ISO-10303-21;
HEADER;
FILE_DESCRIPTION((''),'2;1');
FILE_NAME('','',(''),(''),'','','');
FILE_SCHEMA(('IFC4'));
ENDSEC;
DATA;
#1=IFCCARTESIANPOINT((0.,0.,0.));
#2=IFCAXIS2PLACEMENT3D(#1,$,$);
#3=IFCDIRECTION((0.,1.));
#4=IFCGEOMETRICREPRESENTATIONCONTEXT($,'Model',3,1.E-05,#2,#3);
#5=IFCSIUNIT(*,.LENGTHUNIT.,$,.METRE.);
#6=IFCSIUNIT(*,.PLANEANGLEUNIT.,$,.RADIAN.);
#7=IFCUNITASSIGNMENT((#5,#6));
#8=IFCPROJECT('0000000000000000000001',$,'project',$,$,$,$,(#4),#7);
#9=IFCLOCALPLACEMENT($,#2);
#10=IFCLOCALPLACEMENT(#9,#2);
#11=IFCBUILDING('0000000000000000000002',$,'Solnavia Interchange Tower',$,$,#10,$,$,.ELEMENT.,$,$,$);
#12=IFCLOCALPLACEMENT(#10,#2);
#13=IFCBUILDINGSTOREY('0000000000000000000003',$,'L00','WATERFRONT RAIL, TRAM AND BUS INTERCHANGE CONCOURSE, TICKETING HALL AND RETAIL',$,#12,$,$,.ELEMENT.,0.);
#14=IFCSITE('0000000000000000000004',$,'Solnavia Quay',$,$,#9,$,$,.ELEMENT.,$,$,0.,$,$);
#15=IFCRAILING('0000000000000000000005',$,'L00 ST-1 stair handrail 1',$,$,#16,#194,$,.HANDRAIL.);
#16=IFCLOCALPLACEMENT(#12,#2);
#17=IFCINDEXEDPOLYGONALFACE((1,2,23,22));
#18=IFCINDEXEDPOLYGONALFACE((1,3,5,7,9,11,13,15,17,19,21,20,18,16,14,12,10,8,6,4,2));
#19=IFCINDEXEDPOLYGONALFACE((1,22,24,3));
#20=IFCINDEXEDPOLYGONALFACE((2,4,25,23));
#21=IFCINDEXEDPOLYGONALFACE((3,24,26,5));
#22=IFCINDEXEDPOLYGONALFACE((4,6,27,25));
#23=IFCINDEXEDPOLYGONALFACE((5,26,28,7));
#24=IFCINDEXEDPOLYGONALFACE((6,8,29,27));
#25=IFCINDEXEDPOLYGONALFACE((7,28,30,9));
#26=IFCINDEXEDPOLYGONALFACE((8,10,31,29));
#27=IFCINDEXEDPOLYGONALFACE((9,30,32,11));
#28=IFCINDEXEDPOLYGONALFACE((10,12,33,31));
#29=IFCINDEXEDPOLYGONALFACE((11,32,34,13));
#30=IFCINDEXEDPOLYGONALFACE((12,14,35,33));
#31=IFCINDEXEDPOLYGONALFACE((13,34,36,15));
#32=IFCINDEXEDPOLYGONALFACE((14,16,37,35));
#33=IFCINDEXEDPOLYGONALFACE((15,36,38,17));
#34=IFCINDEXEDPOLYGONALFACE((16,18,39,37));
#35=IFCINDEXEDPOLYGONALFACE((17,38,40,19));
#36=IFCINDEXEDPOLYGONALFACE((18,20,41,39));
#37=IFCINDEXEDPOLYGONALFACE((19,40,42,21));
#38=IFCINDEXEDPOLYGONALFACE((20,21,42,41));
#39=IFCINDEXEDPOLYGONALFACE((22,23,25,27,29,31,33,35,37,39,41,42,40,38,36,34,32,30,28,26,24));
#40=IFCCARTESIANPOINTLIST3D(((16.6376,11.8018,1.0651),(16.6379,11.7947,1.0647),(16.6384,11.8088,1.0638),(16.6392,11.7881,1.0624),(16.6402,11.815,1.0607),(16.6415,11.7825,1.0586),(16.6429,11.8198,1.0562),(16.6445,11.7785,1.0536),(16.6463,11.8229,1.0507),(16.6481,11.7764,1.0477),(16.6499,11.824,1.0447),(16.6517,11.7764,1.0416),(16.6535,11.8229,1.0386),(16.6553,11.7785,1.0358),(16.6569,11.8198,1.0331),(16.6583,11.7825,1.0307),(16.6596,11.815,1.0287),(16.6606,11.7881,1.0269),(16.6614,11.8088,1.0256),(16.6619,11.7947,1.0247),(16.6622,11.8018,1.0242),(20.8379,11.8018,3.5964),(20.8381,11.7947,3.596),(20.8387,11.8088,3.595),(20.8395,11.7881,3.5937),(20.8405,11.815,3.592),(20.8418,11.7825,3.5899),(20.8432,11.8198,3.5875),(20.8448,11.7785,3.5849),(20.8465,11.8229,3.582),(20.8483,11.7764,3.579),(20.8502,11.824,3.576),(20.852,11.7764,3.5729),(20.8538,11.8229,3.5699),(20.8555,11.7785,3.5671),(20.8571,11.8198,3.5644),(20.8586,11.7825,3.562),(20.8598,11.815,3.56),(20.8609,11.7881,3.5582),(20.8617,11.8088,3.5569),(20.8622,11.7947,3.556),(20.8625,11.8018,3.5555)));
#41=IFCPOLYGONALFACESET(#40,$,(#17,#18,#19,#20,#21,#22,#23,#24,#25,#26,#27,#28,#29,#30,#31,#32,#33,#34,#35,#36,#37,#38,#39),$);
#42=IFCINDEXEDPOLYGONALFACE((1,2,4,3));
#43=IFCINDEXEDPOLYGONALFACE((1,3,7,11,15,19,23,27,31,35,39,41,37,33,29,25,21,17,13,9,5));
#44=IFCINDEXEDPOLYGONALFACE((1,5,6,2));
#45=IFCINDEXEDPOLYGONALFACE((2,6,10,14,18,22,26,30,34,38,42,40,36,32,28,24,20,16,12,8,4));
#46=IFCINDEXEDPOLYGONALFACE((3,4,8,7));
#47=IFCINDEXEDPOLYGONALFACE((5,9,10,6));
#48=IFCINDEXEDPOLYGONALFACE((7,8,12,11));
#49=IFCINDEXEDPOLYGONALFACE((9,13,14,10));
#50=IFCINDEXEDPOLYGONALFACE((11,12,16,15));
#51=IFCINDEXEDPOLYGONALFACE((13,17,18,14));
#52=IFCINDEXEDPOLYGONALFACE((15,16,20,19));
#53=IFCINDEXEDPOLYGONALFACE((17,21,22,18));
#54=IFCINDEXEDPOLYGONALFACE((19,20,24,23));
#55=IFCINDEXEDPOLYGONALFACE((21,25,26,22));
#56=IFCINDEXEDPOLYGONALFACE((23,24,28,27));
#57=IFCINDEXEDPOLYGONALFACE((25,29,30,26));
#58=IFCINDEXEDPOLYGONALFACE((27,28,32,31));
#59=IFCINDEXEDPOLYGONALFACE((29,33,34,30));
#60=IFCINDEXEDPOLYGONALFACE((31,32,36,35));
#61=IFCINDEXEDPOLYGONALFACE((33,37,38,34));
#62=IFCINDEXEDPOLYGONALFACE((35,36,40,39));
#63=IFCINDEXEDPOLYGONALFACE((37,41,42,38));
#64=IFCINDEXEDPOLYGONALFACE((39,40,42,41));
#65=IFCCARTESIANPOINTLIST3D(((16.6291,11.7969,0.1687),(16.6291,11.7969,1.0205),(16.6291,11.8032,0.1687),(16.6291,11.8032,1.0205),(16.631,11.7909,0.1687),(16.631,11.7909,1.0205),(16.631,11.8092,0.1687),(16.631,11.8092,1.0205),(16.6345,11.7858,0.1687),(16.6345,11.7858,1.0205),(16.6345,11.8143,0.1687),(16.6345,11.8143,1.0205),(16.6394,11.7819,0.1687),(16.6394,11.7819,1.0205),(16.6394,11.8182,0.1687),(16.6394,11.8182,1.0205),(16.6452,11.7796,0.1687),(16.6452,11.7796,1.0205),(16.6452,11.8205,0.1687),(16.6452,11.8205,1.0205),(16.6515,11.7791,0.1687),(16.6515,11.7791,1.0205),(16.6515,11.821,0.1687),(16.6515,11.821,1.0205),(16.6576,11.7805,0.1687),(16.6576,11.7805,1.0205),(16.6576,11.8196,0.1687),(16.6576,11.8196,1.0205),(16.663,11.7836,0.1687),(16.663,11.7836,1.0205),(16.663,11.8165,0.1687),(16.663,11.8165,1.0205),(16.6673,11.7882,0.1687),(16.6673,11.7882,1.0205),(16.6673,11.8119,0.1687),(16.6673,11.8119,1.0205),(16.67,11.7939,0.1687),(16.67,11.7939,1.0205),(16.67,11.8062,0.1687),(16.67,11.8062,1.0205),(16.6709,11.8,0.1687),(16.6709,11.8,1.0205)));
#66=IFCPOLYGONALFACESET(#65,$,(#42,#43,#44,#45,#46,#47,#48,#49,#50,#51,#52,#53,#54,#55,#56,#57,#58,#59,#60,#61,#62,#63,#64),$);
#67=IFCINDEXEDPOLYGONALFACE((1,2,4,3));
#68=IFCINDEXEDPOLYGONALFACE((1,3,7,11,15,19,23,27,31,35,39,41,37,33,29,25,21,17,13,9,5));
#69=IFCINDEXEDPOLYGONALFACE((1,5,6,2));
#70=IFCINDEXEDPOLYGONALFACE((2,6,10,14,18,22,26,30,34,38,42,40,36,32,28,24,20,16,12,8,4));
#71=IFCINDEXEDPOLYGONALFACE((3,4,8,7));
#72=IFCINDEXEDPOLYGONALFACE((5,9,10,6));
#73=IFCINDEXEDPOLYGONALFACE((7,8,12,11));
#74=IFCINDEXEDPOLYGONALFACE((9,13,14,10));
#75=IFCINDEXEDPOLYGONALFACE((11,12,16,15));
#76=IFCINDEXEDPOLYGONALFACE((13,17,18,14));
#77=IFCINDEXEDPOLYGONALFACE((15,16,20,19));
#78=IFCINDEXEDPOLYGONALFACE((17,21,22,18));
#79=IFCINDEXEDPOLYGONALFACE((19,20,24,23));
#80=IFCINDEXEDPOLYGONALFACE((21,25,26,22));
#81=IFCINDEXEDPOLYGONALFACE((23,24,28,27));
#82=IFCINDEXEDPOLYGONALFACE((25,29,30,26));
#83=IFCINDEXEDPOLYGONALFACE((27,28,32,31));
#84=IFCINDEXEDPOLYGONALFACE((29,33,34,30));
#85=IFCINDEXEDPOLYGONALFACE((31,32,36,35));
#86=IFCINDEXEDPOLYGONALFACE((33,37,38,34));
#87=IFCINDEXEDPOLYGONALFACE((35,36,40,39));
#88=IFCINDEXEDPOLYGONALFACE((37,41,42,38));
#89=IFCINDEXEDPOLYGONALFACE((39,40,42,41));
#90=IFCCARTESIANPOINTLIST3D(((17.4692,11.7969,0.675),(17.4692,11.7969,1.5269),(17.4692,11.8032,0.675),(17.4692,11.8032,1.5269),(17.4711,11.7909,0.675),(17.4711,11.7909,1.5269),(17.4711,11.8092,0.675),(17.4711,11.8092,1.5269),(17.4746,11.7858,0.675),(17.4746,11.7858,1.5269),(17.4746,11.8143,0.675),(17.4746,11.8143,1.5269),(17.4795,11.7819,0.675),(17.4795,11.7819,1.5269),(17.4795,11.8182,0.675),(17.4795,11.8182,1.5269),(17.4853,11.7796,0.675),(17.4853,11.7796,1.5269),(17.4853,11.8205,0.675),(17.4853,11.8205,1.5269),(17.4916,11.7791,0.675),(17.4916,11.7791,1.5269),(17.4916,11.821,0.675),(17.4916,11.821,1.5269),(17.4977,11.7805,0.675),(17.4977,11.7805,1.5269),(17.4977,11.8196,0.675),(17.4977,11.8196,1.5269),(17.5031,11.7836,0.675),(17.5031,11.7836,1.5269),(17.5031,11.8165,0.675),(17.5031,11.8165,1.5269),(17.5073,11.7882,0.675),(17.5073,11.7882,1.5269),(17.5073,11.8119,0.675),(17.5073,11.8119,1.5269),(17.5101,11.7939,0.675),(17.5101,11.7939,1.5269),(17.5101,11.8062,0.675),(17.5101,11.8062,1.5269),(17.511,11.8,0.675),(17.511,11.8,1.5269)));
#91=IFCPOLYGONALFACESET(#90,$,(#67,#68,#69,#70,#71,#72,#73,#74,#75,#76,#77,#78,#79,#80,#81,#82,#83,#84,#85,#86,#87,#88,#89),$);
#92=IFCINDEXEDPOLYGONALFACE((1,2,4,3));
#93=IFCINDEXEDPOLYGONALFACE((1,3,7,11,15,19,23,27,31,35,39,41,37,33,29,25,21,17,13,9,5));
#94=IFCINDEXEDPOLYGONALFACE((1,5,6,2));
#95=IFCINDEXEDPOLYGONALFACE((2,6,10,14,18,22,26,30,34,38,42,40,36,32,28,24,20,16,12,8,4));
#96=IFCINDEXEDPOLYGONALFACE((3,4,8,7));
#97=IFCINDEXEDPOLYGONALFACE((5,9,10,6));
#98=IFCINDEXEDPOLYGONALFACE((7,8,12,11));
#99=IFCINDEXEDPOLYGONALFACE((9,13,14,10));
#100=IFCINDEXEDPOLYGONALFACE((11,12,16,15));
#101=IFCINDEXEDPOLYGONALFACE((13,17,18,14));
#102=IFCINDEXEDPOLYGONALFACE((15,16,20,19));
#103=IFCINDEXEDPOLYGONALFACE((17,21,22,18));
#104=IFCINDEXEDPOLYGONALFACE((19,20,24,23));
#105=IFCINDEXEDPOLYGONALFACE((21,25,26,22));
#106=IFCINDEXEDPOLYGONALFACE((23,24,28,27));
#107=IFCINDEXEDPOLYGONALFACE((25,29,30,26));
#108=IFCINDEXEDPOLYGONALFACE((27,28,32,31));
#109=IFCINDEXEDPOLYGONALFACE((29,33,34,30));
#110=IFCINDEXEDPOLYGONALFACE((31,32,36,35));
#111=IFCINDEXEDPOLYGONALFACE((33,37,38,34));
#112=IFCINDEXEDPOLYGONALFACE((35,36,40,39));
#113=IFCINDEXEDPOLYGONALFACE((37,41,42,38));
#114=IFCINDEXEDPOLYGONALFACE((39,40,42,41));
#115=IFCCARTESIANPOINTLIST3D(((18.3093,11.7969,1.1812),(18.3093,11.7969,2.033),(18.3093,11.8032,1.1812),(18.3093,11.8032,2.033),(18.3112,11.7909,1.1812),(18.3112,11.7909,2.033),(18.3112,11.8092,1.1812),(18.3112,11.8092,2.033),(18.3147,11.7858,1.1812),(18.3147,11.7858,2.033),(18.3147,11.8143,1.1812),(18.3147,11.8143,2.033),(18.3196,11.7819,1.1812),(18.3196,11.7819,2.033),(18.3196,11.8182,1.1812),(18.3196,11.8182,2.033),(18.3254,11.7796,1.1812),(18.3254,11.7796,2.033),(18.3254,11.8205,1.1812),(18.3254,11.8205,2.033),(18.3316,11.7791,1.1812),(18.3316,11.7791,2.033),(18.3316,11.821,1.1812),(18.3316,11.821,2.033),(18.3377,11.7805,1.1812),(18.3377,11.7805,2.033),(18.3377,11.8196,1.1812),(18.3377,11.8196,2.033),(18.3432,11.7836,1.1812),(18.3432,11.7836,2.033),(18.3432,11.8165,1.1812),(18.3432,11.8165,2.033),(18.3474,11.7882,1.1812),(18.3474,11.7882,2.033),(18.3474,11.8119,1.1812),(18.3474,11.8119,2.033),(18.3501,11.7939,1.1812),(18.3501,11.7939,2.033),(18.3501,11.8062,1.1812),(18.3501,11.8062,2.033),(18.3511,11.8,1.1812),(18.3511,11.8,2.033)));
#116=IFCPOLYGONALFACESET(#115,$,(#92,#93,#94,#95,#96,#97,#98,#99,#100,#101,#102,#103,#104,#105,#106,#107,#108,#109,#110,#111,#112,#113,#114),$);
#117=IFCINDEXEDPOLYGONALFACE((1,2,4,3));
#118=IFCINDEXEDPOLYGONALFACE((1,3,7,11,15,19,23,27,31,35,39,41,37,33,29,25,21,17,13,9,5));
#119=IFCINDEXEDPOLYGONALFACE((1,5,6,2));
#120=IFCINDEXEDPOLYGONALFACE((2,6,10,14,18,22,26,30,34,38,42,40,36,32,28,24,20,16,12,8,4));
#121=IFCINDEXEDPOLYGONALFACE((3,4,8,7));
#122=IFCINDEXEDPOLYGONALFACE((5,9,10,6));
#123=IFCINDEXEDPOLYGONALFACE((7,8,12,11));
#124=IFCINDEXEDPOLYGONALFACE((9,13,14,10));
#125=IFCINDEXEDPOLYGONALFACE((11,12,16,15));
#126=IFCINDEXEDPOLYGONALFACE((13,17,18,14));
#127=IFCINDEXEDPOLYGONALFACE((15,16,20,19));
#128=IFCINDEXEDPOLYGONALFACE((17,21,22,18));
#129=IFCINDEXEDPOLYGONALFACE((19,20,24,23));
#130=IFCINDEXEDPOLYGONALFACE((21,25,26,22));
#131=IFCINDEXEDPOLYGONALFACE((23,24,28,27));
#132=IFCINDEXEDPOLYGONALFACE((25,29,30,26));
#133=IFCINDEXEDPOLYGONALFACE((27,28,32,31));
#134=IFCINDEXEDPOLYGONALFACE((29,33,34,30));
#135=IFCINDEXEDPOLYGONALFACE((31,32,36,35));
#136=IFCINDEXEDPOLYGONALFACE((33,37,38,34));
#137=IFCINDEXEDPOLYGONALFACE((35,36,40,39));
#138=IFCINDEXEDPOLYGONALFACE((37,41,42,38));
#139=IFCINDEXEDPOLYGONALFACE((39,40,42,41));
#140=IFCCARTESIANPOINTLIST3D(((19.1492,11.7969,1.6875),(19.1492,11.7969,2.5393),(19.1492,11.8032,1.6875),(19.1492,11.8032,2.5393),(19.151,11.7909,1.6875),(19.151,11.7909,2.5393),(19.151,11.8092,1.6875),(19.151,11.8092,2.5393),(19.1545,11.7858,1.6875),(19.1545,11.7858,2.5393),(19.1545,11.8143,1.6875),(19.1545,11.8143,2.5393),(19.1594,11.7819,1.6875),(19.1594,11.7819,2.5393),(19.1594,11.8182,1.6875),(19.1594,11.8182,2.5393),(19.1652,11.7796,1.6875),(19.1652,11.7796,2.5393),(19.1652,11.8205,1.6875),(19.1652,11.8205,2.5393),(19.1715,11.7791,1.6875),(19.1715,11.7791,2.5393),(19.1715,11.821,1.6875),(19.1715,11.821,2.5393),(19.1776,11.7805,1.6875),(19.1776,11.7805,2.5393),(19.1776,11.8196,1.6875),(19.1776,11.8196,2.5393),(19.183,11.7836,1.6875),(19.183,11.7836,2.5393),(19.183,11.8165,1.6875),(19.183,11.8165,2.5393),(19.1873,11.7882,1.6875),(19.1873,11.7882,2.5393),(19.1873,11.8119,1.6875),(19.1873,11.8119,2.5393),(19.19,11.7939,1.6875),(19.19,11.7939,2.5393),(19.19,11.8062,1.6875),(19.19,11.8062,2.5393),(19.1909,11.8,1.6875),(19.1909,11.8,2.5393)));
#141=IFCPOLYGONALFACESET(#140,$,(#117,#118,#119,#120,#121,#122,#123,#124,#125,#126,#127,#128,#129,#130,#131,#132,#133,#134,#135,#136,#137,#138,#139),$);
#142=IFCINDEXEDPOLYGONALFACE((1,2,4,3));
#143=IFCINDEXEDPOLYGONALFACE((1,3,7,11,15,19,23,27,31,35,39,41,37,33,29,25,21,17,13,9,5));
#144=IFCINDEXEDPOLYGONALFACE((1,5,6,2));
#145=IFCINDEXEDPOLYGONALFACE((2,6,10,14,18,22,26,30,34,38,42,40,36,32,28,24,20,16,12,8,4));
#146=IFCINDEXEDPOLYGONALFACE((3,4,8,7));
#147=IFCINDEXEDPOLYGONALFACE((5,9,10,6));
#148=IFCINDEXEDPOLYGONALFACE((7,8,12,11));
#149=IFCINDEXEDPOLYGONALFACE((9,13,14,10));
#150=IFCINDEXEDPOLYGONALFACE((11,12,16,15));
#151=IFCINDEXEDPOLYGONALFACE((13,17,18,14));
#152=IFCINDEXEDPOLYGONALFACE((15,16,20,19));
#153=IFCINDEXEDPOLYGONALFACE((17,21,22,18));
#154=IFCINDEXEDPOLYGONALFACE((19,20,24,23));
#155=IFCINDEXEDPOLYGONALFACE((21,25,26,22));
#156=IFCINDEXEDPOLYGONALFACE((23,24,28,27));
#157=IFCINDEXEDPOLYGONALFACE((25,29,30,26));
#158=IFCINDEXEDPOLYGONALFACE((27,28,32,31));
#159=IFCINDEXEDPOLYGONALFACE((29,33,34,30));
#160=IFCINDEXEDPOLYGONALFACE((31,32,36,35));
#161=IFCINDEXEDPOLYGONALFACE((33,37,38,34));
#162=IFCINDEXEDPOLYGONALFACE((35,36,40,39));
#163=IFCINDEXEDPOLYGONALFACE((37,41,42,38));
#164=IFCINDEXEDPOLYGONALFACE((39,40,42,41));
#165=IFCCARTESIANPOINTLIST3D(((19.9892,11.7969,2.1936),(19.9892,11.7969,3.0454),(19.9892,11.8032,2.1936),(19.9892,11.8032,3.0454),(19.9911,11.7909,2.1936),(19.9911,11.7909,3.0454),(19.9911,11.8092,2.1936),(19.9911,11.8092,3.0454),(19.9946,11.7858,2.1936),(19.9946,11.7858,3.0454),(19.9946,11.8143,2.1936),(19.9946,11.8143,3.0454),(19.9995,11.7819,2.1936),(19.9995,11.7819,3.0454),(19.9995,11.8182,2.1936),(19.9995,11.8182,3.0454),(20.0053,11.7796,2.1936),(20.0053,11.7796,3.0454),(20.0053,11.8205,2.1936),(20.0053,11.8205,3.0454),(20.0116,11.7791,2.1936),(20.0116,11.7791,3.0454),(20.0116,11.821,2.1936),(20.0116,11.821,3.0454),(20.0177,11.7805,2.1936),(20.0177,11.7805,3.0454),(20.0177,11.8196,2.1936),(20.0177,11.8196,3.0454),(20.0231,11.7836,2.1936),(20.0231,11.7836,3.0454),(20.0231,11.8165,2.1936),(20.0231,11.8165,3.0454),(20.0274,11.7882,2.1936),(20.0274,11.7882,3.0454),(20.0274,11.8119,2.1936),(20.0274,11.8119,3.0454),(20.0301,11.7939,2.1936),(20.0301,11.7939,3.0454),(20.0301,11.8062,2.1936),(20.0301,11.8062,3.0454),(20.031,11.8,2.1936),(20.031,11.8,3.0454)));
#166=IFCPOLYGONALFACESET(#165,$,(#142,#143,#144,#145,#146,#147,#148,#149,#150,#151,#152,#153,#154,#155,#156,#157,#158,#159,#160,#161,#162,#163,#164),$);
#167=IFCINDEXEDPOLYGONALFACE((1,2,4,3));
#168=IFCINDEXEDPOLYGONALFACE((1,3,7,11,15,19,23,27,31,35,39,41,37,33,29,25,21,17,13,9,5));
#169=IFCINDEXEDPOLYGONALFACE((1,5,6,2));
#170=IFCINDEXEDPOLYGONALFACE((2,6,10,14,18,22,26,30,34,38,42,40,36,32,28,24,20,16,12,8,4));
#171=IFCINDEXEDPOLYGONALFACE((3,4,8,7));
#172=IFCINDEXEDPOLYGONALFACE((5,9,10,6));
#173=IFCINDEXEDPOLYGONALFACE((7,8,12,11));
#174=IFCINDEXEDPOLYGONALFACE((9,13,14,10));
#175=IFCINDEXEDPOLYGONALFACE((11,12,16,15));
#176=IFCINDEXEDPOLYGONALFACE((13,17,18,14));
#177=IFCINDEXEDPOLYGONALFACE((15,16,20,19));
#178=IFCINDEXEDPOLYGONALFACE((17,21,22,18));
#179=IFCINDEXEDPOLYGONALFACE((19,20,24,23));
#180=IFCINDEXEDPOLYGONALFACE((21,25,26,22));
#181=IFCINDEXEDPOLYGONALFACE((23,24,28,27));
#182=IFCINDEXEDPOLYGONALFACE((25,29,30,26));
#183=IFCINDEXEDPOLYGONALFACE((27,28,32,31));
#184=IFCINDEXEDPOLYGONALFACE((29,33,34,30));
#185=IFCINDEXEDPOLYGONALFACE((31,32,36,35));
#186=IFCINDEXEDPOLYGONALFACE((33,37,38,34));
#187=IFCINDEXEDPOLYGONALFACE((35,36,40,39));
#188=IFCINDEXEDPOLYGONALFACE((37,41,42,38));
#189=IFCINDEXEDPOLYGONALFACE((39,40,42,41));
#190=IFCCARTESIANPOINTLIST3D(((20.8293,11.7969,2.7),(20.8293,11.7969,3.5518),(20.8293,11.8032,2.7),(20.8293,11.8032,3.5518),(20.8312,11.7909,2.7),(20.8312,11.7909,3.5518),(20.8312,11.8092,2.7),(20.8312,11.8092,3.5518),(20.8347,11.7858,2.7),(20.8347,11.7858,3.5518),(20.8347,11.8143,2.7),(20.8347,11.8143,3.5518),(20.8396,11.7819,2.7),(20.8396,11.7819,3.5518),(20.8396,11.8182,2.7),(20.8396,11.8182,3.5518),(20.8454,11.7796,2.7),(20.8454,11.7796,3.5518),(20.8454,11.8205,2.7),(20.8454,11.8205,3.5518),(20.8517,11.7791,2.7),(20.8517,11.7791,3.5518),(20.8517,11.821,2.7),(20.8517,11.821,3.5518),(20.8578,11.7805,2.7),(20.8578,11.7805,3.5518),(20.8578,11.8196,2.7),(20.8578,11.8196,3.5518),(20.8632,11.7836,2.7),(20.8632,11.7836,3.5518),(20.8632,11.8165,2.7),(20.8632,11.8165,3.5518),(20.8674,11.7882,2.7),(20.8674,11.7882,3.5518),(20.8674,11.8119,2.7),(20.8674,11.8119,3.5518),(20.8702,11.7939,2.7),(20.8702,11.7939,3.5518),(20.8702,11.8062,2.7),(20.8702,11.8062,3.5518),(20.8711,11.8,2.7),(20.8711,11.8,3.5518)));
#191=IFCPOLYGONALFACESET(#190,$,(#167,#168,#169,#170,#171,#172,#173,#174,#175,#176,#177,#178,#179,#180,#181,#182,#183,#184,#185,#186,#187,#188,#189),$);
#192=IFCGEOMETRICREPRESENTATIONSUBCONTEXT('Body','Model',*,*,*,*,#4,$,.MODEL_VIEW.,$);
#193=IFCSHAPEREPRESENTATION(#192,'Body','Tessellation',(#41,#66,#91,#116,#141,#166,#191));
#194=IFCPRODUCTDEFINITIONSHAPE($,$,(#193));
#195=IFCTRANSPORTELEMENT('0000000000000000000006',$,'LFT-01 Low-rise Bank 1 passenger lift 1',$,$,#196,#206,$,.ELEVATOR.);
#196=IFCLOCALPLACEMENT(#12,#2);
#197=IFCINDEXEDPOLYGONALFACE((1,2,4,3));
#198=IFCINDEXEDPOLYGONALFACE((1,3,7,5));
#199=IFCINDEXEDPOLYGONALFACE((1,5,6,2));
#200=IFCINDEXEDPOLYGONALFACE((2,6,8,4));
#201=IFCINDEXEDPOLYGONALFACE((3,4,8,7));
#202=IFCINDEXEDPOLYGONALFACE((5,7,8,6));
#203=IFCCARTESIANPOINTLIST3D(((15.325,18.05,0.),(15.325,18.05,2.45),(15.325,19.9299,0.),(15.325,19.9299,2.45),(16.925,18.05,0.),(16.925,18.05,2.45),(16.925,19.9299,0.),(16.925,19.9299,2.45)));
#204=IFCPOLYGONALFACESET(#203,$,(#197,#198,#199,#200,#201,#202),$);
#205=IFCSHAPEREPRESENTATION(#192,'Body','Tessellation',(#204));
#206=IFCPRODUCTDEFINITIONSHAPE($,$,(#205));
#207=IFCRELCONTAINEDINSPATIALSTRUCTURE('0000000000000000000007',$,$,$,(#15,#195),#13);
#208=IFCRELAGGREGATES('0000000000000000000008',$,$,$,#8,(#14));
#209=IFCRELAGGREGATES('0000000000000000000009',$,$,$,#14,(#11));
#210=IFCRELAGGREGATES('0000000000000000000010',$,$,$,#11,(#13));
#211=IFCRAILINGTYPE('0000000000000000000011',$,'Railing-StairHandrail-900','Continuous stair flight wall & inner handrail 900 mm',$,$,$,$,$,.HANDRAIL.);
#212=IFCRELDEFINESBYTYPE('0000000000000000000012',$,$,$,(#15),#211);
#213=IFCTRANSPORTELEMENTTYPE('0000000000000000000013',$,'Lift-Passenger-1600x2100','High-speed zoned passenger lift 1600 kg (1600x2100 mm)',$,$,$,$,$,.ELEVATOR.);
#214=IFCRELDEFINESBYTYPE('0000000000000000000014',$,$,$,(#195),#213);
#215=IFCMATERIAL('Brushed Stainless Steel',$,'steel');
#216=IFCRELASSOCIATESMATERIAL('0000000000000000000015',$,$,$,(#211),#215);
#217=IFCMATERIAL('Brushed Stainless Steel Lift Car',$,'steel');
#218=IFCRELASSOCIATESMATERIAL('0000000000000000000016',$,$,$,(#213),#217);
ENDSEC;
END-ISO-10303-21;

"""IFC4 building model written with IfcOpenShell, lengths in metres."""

from ifc_helpers import new_model, si_unit, direction, frame, origin, origin_2d, place, context, subcontext, project, spatial, rectangle, circle, extrude, material, type_object, element, save


model = new_model("IFC4")

# Units and contexts
model_context = context("Model", 3, precision=1e-05, world=origin(), true_north=direction((0.0, 1.0)))
body_context = subcontext(model_context, "Body", "Model", "MODEL_VIEW")
ifc_project = project(units=[si_unit("LENGTHUNIT", "METRE"), si_unit("PLANEANGLEUNIT", "RADIAN")], contexts=[model_context])

# Site, building, storey
site_placement = place(None, origin())
site = spatial("IfcSite", under=ifc_project, at=site_placement, Name="Solnavia Quay", CompositionType="ELEMENT", RefElevation=0.0)
building_placement = place(site_placement, origin())
building = spatial("IfcBuilding", under=site, at=building_placement, Name="Solnavia Interchange Tower", CompositionType="ELEMENT")
storey_placement = place(building_placement, origin())
storey = spatial("IfcBuildingStorey", under=building, at=storey_placement, Name="L00", Description="WATERFRONT RAIL, TRAM AND BUS INTERCHANGE CONCOURSE, TICKETING HALL AND RETAIL", CompositionType="ELEMENT", Elevation=0.0)

# Railing
ifc_material_1 = material(Name="Brushed Stainless Steel", Category="steel")
railing_type_1 = type_object("IfcRailingType", Name="Railing-StairHandrail-900", Description="Continuous stair flight wall & inner handrail 900 mm", PredefinedType="HANDRAIL", material=ifc_material_1)
railing_1_placement = place(storey_placement, frame((16.6499, 11.8, 0.1687)))
element("IfcRailing", 1, at=railing_1_placement, inside=storey, type_object=railing_type_1, Name="L00 ST-1 stair handrail 1", PredefinedType="HANDRAIL", context=body_context, shape_type="SweptSolid", body=[
    extrude(circle(Radius=0.0239, at=origin_2d()), frame((0.0, 0.0, 0.876), z_axis=(0.85649, 0.0, 0.516164), x_axis=(0.0, 1.0, 0.0)), (0.0, 0.0, 1.0), 4.9041),
    extrude(circle(Radius=0.021, at=origin_2d()), origin(), (0.0, 0.0, 1.0), 0.8518),
    extrude(circle(Radius=0.021, at=origin_2d()), frame((0.8401, 0.0, 0.5063)), (0.0, 0.0, 1.0), 0.8518),
    extrude(circle(Radius=0.021, at=origin_2d()), frame((1.6802, 0.0, 1.0125)), (0.0, 0.0, 1.0), 0.8518),
    extrude(circle(Radius=0.021, at=origin_2d()), frame((2.52, 0.0, 1.5188)), (0.0, 0.0, 1.0), 0.8518),
    extrude(circle(Radius=0.021, at=origin_2d()), frame((3.3601, 0.0, 2.0249)), (0.0, 0.0, 1.0), 0.8518),
    extrude(circle(Radius=0.021, at=origin_2d()), frame((4.2002, 0.0, 2.5312)), (0.0, 0.0, 1.0), 0.8518),
])

# Transport element
ifc_material_2 = material(Name="Brushed Stainless Steel Lift Car", Category="steel")
transport_element_type = type_object("IfcTransportElementType", Name="Lift-Passenger-1600x2100", Description="High-speed zoned passenger lift 1600 kg (1600x2100 mm)", PredefinedType="ELEVATOR", material=ifc_material_2)
transport_element_placement = place(storey_placement, frame((16.125, 18.99, 0.0), z_axis=(0.0, 0.0, 1.0), x_axis=(1.0, 0.0, 0.0)))
element("IfcTransportElement", 2, at=transport_element_placement, inside=storey, type_object=transport_element_type, Name="LFT-01 Low-rise Bank 1 passenger lift 1", PredefinedType="ELEVATOR", context=body_context, shape_type="SweptSolid", body=[
    extrude(rectangle(XDim=1.6001, YDim=1.8799, at=origin_2d()), origin(), (0.0, 0.0, 1.0), 2.45),
])

save(model, "model.ifc")
